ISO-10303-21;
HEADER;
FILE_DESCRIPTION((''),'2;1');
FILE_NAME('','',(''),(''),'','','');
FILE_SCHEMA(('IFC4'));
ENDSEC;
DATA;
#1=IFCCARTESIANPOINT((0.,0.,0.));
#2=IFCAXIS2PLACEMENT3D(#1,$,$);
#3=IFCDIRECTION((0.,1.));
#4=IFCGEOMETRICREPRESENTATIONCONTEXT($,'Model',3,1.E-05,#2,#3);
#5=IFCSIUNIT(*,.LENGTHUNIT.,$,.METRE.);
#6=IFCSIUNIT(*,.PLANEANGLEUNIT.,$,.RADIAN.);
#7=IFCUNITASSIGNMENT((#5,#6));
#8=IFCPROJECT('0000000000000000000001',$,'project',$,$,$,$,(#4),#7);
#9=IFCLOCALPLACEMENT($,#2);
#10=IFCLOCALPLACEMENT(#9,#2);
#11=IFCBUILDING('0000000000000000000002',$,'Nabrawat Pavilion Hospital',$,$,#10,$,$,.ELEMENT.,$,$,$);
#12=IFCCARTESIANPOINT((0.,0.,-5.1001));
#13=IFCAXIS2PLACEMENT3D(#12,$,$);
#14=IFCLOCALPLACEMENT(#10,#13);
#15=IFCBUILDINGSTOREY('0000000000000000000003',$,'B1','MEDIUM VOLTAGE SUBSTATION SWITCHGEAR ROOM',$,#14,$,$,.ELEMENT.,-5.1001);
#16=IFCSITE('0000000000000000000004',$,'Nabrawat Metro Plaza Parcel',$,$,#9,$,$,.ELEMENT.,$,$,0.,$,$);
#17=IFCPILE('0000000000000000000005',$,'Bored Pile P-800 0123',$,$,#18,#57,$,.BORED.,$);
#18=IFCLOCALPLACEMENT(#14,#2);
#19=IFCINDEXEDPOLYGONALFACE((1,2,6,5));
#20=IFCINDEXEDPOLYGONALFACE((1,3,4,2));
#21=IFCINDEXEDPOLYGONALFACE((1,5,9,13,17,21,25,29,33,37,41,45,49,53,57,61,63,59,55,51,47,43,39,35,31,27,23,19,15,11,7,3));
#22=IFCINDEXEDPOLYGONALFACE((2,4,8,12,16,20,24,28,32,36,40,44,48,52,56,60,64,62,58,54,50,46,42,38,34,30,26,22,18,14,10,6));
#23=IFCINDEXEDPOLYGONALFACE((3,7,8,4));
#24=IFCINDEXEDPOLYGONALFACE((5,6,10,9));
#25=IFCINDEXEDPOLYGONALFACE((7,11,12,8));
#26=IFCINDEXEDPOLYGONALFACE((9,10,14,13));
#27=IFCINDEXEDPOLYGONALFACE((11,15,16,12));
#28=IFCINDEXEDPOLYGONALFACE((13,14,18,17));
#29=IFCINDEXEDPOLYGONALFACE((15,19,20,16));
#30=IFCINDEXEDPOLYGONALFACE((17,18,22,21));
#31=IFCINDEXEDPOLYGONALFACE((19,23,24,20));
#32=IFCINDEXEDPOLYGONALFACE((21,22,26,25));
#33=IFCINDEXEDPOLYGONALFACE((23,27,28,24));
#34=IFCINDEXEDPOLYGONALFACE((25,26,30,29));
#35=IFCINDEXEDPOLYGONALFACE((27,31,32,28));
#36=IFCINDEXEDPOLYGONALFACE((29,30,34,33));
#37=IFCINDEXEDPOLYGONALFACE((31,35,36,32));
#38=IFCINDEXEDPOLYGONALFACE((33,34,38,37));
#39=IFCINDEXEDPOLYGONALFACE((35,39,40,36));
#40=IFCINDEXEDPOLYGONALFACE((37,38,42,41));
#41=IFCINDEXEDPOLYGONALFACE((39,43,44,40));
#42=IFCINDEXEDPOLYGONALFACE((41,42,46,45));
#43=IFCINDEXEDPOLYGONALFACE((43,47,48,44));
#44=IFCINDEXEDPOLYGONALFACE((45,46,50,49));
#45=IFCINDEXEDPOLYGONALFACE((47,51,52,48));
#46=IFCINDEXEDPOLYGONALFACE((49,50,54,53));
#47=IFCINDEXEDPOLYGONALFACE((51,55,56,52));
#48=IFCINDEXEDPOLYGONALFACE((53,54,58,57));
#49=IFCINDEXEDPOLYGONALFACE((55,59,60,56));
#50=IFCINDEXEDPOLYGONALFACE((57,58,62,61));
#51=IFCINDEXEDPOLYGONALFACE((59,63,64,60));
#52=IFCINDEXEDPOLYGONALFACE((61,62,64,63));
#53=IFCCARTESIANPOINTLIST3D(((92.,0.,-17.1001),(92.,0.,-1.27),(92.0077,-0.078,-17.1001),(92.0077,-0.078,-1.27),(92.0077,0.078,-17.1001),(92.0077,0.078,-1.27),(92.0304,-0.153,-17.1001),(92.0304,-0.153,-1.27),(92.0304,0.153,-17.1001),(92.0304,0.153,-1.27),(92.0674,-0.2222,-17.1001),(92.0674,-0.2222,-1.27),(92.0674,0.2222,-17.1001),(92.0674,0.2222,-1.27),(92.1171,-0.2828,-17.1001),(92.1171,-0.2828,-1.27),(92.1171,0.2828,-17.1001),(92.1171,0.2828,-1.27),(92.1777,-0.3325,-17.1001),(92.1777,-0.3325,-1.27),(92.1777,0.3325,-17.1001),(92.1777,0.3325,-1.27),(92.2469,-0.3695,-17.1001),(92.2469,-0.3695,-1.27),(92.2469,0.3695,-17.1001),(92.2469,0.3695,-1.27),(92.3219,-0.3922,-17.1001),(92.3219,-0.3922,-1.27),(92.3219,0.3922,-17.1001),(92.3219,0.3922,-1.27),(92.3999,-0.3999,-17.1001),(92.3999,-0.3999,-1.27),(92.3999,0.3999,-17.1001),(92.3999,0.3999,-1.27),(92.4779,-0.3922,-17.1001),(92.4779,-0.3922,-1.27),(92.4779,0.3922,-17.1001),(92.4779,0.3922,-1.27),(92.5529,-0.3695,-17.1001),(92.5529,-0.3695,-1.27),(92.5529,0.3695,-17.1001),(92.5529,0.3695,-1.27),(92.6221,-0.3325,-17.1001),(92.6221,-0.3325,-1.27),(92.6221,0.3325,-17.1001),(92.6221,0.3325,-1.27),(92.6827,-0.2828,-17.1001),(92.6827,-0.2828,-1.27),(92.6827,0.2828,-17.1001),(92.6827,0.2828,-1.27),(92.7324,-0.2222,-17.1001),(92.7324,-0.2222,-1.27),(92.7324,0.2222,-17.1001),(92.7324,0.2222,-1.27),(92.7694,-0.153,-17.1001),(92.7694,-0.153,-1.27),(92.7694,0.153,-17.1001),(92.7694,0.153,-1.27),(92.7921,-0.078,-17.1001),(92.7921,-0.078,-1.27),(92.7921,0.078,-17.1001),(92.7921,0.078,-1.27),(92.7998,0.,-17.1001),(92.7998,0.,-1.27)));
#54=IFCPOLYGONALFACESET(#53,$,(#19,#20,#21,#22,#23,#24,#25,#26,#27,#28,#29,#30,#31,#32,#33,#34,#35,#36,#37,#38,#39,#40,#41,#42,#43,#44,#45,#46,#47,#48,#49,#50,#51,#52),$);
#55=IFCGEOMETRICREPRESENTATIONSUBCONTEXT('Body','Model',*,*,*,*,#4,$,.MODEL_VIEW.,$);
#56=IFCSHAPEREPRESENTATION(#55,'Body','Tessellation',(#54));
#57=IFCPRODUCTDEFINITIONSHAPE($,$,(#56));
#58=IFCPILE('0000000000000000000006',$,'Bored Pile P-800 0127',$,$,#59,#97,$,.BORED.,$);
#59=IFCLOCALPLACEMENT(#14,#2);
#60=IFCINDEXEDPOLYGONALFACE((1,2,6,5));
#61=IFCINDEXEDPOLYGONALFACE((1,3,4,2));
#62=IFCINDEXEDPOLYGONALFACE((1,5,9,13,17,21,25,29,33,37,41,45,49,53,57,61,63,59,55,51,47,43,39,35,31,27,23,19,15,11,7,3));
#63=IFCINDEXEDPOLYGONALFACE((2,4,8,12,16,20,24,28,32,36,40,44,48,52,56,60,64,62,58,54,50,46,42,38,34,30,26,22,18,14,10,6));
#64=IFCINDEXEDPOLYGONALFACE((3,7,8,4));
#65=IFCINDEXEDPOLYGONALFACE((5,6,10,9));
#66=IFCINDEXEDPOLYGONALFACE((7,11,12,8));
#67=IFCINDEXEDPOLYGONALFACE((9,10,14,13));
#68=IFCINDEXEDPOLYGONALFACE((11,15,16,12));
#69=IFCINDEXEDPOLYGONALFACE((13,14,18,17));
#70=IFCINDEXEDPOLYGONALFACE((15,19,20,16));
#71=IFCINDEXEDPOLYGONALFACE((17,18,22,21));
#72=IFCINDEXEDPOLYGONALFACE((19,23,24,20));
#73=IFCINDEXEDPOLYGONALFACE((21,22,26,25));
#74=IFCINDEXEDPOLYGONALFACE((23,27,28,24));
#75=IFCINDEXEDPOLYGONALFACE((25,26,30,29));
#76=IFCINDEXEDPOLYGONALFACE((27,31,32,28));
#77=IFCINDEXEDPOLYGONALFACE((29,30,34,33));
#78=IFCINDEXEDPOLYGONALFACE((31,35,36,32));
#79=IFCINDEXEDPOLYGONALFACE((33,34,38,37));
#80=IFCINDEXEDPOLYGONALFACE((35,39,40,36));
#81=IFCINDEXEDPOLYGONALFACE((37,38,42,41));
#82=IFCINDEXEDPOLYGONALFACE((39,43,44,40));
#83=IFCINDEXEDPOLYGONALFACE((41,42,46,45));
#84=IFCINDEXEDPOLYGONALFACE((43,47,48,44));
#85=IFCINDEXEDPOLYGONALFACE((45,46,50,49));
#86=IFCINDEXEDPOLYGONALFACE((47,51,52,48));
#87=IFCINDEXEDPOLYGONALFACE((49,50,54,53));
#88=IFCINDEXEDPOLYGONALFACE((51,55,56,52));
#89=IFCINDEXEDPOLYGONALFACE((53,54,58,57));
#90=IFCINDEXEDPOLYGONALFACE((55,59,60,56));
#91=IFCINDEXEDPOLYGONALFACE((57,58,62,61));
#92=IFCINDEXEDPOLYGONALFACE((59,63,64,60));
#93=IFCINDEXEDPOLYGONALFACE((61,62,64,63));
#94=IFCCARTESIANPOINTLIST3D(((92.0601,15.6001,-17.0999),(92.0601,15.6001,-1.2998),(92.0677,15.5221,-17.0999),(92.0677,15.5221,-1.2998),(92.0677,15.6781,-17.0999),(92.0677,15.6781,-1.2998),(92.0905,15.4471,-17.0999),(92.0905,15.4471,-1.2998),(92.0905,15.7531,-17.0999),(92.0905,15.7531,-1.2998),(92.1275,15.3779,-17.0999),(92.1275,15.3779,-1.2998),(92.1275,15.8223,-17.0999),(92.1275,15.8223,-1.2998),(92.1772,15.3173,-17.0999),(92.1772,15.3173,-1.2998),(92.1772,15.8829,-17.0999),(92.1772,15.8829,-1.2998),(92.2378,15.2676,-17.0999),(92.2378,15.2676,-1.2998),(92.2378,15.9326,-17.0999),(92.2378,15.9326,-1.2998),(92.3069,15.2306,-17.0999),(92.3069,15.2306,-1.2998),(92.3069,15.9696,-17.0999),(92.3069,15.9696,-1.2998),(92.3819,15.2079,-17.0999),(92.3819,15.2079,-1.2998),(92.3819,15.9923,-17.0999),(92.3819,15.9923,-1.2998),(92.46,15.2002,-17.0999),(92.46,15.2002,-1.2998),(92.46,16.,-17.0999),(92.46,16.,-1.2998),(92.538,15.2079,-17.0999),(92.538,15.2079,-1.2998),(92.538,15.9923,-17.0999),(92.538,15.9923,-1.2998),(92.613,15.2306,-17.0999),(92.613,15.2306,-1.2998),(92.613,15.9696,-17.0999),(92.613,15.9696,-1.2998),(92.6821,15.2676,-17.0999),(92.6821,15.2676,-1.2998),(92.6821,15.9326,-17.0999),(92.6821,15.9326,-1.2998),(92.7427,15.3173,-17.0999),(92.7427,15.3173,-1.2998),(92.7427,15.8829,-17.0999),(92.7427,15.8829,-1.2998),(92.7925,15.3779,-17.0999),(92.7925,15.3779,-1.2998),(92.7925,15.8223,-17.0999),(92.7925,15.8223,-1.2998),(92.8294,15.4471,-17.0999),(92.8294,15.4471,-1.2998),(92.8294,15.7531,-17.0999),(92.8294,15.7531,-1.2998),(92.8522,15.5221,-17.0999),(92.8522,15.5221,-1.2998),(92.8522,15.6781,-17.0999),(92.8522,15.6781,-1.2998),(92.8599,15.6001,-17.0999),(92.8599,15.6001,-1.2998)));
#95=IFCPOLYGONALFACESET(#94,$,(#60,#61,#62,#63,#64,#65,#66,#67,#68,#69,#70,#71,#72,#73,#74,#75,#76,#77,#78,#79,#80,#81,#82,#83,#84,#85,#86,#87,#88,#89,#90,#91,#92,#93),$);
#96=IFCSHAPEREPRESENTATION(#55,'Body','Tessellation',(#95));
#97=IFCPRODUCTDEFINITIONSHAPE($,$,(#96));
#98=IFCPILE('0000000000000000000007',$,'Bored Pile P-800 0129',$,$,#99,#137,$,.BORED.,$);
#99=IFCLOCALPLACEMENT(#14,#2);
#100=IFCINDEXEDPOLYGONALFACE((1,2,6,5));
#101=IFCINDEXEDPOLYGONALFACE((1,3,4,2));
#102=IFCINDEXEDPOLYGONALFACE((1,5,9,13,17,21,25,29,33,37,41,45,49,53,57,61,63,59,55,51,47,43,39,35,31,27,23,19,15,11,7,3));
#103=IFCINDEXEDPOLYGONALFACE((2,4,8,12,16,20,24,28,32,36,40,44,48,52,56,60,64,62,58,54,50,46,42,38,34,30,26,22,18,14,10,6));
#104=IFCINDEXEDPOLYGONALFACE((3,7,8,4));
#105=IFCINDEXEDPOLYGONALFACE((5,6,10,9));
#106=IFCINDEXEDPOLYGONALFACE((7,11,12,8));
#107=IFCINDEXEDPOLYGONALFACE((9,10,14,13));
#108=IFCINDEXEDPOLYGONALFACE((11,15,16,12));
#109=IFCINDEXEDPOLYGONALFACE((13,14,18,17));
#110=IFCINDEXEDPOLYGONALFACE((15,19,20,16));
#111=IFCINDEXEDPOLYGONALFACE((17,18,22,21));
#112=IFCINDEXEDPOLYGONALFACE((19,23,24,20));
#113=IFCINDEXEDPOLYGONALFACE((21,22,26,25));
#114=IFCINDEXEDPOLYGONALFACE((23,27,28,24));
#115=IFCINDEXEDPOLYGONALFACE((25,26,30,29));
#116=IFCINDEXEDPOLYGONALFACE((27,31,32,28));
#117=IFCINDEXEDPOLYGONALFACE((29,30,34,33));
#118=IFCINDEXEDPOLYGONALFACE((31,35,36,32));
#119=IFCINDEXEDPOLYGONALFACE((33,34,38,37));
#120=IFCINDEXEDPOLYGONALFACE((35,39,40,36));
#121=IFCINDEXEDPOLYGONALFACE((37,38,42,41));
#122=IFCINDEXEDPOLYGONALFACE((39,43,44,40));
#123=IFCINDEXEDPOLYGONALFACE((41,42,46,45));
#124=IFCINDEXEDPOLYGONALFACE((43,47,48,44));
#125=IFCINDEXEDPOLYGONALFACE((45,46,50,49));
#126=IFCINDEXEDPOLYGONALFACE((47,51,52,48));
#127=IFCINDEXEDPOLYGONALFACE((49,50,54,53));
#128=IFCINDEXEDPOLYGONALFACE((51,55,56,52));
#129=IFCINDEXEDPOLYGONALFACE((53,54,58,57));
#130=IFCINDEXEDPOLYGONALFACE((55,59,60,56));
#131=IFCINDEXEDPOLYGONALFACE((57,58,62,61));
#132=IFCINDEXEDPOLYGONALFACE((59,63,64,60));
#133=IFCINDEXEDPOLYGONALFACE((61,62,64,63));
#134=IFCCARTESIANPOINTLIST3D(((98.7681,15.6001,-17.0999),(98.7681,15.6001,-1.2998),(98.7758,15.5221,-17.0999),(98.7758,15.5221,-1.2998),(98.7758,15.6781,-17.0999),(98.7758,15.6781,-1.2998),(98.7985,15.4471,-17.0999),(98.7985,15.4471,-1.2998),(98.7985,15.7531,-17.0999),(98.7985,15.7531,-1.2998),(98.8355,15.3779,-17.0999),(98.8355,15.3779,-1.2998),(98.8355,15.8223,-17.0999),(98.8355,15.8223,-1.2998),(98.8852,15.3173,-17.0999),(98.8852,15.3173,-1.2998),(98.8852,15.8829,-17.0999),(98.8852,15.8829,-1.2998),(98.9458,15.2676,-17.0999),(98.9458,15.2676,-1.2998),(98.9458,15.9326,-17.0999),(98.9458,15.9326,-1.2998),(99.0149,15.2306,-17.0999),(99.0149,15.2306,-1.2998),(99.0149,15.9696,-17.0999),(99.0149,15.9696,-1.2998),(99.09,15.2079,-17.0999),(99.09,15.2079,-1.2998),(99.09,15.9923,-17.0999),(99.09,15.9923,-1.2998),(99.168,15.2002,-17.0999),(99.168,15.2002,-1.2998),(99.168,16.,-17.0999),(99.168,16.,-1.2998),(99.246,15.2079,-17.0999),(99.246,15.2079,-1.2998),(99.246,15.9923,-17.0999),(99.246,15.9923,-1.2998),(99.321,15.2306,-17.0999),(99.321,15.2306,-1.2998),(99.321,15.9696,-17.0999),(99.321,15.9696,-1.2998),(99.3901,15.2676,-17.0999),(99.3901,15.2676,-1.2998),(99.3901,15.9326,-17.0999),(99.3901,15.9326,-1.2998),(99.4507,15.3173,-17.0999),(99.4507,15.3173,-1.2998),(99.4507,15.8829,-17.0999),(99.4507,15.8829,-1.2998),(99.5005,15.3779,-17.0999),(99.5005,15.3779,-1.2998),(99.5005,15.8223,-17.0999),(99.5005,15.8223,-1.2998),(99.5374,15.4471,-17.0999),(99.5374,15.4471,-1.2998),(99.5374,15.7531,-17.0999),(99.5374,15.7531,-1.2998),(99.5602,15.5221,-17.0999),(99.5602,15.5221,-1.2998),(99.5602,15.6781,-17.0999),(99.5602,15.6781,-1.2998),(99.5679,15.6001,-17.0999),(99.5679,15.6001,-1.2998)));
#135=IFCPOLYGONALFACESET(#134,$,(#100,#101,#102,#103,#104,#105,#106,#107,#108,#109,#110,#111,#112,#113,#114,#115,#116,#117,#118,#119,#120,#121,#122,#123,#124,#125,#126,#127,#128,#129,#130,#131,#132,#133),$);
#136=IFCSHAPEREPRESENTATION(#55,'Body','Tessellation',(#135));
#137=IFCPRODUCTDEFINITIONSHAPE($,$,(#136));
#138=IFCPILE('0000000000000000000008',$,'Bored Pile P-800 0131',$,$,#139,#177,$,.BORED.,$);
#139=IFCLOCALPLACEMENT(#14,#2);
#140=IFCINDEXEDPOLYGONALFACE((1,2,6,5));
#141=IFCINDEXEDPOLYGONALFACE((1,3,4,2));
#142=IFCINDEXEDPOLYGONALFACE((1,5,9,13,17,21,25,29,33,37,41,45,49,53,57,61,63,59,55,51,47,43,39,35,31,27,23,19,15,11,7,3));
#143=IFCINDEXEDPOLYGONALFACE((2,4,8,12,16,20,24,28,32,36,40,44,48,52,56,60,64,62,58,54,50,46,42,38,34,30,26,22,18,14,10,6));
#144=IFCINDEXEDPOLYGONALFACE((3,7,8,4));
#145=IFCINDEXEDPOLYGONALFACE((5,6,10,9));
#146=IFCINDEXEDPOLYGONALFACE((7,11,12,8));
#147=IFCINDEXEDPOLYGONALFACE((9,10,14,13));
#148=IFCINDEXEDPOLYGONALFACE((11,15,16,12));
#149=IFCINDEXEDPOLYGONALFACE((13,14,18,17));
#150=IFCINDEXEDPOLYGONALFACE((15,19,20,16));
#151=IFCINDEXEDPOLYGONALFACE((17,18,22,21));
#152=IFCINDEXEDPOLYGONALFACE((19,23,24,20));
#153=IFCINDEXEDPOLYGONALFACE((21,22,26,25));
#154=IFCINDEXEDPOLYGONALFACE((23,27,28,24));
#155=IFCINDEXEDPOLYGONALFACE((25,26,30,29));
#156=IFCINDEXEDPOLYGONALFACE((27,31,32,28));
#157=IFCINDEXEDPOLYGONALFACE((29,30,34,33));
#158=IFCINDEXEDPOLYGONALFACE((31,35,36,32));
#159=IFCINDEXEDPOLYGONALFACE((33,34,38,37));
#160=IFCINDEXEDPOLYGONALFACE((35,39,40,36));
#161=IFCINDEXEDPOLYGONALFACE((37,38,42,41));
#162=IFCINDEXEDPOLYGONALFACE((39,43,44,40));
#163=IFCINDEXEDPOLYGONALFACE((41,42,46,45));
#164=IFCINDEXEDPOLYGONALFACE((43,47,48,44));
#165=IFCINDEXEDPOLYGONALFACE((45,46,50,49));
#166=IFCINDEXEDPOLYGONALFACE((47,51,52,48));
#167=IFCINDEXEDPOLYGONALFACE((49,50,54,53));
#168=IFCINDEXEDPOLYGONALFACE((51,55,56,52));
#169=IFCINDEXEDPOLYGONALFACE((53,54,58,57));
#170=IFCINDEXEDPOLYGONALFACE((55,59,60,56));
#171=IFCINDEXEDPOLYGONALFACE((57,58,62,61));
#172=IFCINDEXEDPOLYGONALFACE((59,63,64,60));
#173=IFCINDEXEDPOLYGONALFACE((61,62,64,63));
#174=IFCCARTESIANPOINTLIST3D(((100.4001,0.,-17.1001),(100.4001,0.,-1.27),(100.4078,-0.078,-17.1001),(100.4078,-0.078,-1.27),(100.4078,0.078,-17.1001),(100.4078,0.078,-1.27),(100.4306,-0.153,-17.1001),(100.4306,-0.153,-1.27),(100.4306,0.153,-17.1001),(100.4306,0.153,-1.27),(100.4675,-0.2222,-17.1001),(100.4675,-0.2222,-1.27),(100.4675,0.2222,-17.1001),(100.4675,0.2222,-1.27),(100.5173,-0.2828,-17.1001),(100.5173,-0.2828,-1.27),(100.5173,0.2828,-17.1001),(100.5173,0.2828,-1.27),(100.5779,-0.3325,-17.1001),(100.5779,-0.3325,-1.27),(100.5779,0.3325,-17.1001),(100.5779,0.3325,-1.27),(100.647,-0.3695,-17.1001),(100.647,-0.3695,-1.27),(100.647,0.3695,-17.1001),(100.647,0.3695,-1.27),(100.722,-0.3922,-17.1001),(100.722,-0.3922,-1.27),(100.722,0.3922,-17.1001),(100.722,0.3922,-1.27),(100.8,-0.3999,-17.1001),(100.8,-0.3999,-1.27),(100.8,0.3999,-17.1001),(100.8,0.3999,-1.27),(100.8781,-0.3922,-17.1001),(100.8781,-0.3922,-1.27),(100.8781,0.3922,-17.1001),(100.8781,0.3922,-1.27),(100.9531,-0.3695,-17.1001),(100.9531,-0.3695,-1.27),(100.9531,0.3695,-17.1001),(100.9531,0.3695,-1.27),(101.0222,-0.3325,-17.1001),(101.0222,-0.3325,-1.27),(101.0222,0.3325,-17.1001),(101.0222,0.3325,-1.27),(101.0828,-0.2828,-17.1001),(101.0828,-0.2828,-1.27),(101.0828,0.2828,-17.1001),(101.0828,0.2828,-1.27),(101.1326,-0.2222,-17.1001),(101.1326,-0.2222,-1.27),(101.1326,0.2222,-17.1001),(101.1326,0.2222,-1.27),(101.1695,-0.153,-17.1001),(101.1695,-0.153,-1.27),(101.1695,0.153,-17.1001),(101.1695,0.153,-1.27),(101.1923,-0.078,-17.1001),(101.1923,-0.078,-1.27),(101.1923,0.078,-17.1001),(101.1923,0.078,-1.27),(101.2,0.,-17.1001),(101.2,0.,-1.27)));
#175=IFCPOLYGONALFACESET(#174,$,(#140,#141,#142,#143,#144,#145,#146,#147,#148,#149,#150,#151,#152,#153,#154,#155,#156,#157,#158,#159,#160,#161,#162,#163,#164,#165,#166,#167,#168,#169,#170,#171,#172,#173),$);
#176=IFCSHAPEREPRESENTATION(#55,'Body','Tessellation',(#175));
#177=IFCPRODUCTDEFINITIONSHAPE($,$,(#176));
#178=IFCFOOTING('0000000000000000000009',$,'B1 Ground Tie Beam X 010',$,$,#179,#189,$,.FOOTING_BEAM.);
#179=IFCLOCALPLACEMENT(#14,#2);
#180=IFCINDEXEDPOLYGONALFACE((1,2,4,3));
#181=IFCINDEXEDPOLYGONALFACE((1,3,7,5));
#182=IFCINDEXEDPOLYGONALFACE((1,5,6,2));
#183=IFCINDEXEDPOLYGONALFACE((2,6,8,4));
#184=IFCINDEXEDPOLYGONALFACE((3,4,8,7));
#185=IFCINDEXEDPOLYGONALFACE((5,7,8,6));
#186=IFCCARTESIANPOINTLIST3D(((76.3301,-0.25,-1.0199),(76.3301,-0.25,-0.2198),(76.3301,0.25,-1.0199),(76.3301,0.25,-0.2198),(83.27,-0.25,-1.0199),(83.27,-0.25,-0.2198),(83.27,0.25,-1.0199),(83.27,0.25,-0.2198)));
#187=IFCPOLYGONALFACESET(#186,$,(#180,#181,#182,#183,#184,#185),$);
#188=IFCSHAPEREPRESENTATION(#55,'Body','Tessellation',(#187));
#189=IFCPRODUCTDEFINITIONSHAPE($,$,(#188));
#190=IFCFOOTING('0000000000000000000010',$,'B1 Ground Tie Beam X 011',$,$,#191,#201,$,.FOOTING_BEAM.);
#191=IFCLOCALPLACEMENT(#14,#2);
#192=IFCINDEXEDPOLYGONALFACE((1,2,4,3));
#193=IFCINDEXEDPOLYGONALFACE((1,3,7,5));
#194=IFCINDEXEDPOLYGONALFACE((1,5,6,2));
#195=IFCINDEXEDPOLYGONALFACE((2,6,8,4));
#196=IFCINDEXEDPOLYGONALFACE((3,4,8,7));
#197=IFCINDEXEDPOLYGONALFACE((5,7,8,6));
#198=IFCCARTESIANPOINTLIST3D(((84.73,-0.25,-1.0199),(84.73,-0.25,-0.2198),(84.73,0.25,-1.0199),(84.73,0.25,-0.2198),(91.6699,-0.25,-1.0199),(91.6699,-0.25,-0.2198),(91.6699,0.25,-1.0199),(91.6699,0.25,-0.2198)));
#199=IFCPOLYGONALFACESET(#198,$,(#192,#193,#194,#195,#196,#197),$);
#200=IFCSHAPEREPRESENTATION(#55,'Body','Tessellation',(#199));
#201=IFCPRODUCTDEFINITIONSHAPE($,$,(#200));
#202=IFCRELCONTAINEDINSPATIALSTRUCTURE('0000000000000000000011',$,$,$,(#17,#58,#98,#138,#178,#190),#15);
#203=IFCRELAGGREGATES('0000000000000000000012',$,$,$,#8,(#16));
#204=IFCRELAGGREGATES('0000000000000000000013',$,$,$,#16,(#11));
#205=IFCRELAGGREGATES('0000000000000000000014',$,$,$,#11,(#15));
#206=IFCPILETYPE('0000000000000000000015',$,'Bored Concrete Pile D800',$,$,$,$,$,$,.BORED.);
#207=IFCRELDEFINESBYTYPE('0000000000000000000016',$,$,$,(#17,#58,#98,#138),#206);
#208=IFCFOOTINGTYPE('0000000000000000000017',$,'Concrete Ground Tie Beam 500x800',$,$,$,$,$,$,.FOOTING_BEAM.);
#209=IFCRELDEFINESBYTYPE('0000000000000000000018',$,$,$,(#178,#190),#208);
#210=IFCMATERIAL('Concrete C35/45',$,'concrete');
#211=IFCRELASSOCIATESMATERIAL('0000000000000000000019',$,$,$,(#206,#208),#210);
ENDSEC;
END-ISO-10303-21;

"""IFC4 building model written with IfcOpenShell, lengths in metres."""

from ifc_helpers import new_model, si_unit, direction, frame, origin, origin_2d, place, context, subcontext, project, spatial, rectangle, circle, extrude, material, material_profile, profile_set, type_object, element, save


model = new_model("IFC4")

# Units and contexts
model_context = context("Model", 3, precision=1e-05, world=origin(), true_north=direction((0.0, 1.0)))
body_context = subcontext(model_context, "Body", "Model", "MODEL_VIEW")
ifc_project = project(units=[si_unit("LENGTHUNIT", "METRE"), si_unit("PLANEANGLEUNIT", "RADIAN")], contexts=[model_context])

# Site, building, storey
site_placement = place(None, origin())
site = spatial("IfcSite", under=ifc_project, at=site_placement, Name="Nabrawat Metro Plaza Parcel", CompositionType="ELEMENT", RefElevation=0.0)
building_placement = place(site_placement, origin())
building = spatial("IfcBuilding", under=site, at=building_placement, Name="Nabrawat Pavilion Hospital", CompositionType="ELEMENT")
storey_placement = place(building_placement, frame((0.0, 0.0, -5.1001)))
storey = spatial("IfcBuildingStorey", under=building, at=storey_placement, Name="B1", Description="MEDIUM VOLTAGE SUBSTATION SWITCHGEAR ROOM", CompositionType="ELEMENT", Elevation=-5.1001)

# Piles
ifc_material_1 = material(Name="Concrete C35/45", Category="concrete")
ifc_material_profile_1 = material_profile(ifc_material_1, circle(Radius=0.3999, at=origin_2d()), Name="DIA 800")
ifc_profile_set_1 = profile_set([ifc_material_profile_1], Name="Concrete C35/45")
pile_type_1 = type_object("IfcPileType", Name="Bored Concrete Pile D800", PredefinedType="BORED", material=ifc_profile_set_1)
pile_1_placement = place(storey_placement, frame((92.3999, 0.0, -1.27), z_axis=(0.0, 0.0, -1.0), x_axis=(1.0, 0.0, 0.0)))
element("IfcPile", 1, at=pile_1_placement, inside=storey, type_object=pile_type_1, Name="Bored Pile P-800 0123", PredefinedType="BORED", context=body_context, shape_type="SweptSolid", body=[
    extrude(circle(Radius=0.3999, at=origin_2d()), origin(), (0.0, 0.0, 1.0), 15.8301),
])
for number, where, z_axis, x_axis, name in (
    (2, (92.46, 15.6001, -1.2998), (0.0, 0.0, -1.0), (1.0, 0.0, 0.0), "Bored Pile P-800 0127"),
    (3, (99.168, 15.6001, -1.2998), (0.0, 0.0, -1.0), (1.0, 0.0, 0.0), "Bored Pile P-800 0129"),
):
    element("IfcPile", number, at=place(storey_placement, frame(where, z_axis=z_axis, x_axis=x_axis)), inside=storey, type_object=pile_type_1, Name=name, PredefinedType="BORED", context=body_context, shape_type="SweptSolid", body=[
        extrude(circle(Radius=0.3999, at=origin_2d()), origin(), (0.0, 0.0, 1.0), 15.8),
    ])
pile_2_placement = place(storey_placement, frame((100.8, 0.0, -1.27), z_axis=(0.0, 0.0, -1.0), x_axis=(1.0, 0.0, 0.0)))
element("IfcPile", 4, at=pile_2_placement, inside=storey, type_object=pile_type_1, Name="Bored Pile P-800 0131", PredefinedType="BORED", context=body_context, shape_type="SweptSolid", body=[
    extrude(circle(Radius=0.3999, at=origin_2d()), origin(), (0.0, 0.0, 1.0), 15.8301),
])

# Footings
ifc_material_profile_2 = material_profile(ifc_material_1, rectangle(XDim=0.5, YDim=0.8, at=origin_2d()), Name="RC 500x800")
ifc_profile_set_2 = profile_set([ifc_material_profile_2], Name="Concrete C35/45")
footing_type = type_object("IfcFootingType", Name="Concrete Ground Tie Beam 500x800", PredefinedType="FOOTING_BEAM", material=ifc_profile_set_2)
for number, where, z_axis, x_axis, name in (
    (5, (76.3301, 0.0, -0.6199), (1.0, 0.0, 0.0), (0.0, 1.0, 0.0), "B1 Ground Tie Beam X 010"),
    (6, (84.73, 0.0, -0.6199), (1.0, 0.0, 0.0), (0.0, 1.0, 0.0), "B1 Ground Tie Beam X 011"),
):
    element("IfcFooting", number, at=place(storey_placement, frame(where, z_axis=z_axis, x_axis=x_axis)), inside=storey, type_object=footing_type, Name=name, PredefinedType="FOOTING_BEAM", context=body_context, shape_type="SweptSolid", body=[
        extrude(rectangle(XDim=0.5, YDim=0.8, at=origin_2d()), origin(), (0.0, 0.0, 1.0), 6.9399),
    ])

save(model, "model.ifc")
